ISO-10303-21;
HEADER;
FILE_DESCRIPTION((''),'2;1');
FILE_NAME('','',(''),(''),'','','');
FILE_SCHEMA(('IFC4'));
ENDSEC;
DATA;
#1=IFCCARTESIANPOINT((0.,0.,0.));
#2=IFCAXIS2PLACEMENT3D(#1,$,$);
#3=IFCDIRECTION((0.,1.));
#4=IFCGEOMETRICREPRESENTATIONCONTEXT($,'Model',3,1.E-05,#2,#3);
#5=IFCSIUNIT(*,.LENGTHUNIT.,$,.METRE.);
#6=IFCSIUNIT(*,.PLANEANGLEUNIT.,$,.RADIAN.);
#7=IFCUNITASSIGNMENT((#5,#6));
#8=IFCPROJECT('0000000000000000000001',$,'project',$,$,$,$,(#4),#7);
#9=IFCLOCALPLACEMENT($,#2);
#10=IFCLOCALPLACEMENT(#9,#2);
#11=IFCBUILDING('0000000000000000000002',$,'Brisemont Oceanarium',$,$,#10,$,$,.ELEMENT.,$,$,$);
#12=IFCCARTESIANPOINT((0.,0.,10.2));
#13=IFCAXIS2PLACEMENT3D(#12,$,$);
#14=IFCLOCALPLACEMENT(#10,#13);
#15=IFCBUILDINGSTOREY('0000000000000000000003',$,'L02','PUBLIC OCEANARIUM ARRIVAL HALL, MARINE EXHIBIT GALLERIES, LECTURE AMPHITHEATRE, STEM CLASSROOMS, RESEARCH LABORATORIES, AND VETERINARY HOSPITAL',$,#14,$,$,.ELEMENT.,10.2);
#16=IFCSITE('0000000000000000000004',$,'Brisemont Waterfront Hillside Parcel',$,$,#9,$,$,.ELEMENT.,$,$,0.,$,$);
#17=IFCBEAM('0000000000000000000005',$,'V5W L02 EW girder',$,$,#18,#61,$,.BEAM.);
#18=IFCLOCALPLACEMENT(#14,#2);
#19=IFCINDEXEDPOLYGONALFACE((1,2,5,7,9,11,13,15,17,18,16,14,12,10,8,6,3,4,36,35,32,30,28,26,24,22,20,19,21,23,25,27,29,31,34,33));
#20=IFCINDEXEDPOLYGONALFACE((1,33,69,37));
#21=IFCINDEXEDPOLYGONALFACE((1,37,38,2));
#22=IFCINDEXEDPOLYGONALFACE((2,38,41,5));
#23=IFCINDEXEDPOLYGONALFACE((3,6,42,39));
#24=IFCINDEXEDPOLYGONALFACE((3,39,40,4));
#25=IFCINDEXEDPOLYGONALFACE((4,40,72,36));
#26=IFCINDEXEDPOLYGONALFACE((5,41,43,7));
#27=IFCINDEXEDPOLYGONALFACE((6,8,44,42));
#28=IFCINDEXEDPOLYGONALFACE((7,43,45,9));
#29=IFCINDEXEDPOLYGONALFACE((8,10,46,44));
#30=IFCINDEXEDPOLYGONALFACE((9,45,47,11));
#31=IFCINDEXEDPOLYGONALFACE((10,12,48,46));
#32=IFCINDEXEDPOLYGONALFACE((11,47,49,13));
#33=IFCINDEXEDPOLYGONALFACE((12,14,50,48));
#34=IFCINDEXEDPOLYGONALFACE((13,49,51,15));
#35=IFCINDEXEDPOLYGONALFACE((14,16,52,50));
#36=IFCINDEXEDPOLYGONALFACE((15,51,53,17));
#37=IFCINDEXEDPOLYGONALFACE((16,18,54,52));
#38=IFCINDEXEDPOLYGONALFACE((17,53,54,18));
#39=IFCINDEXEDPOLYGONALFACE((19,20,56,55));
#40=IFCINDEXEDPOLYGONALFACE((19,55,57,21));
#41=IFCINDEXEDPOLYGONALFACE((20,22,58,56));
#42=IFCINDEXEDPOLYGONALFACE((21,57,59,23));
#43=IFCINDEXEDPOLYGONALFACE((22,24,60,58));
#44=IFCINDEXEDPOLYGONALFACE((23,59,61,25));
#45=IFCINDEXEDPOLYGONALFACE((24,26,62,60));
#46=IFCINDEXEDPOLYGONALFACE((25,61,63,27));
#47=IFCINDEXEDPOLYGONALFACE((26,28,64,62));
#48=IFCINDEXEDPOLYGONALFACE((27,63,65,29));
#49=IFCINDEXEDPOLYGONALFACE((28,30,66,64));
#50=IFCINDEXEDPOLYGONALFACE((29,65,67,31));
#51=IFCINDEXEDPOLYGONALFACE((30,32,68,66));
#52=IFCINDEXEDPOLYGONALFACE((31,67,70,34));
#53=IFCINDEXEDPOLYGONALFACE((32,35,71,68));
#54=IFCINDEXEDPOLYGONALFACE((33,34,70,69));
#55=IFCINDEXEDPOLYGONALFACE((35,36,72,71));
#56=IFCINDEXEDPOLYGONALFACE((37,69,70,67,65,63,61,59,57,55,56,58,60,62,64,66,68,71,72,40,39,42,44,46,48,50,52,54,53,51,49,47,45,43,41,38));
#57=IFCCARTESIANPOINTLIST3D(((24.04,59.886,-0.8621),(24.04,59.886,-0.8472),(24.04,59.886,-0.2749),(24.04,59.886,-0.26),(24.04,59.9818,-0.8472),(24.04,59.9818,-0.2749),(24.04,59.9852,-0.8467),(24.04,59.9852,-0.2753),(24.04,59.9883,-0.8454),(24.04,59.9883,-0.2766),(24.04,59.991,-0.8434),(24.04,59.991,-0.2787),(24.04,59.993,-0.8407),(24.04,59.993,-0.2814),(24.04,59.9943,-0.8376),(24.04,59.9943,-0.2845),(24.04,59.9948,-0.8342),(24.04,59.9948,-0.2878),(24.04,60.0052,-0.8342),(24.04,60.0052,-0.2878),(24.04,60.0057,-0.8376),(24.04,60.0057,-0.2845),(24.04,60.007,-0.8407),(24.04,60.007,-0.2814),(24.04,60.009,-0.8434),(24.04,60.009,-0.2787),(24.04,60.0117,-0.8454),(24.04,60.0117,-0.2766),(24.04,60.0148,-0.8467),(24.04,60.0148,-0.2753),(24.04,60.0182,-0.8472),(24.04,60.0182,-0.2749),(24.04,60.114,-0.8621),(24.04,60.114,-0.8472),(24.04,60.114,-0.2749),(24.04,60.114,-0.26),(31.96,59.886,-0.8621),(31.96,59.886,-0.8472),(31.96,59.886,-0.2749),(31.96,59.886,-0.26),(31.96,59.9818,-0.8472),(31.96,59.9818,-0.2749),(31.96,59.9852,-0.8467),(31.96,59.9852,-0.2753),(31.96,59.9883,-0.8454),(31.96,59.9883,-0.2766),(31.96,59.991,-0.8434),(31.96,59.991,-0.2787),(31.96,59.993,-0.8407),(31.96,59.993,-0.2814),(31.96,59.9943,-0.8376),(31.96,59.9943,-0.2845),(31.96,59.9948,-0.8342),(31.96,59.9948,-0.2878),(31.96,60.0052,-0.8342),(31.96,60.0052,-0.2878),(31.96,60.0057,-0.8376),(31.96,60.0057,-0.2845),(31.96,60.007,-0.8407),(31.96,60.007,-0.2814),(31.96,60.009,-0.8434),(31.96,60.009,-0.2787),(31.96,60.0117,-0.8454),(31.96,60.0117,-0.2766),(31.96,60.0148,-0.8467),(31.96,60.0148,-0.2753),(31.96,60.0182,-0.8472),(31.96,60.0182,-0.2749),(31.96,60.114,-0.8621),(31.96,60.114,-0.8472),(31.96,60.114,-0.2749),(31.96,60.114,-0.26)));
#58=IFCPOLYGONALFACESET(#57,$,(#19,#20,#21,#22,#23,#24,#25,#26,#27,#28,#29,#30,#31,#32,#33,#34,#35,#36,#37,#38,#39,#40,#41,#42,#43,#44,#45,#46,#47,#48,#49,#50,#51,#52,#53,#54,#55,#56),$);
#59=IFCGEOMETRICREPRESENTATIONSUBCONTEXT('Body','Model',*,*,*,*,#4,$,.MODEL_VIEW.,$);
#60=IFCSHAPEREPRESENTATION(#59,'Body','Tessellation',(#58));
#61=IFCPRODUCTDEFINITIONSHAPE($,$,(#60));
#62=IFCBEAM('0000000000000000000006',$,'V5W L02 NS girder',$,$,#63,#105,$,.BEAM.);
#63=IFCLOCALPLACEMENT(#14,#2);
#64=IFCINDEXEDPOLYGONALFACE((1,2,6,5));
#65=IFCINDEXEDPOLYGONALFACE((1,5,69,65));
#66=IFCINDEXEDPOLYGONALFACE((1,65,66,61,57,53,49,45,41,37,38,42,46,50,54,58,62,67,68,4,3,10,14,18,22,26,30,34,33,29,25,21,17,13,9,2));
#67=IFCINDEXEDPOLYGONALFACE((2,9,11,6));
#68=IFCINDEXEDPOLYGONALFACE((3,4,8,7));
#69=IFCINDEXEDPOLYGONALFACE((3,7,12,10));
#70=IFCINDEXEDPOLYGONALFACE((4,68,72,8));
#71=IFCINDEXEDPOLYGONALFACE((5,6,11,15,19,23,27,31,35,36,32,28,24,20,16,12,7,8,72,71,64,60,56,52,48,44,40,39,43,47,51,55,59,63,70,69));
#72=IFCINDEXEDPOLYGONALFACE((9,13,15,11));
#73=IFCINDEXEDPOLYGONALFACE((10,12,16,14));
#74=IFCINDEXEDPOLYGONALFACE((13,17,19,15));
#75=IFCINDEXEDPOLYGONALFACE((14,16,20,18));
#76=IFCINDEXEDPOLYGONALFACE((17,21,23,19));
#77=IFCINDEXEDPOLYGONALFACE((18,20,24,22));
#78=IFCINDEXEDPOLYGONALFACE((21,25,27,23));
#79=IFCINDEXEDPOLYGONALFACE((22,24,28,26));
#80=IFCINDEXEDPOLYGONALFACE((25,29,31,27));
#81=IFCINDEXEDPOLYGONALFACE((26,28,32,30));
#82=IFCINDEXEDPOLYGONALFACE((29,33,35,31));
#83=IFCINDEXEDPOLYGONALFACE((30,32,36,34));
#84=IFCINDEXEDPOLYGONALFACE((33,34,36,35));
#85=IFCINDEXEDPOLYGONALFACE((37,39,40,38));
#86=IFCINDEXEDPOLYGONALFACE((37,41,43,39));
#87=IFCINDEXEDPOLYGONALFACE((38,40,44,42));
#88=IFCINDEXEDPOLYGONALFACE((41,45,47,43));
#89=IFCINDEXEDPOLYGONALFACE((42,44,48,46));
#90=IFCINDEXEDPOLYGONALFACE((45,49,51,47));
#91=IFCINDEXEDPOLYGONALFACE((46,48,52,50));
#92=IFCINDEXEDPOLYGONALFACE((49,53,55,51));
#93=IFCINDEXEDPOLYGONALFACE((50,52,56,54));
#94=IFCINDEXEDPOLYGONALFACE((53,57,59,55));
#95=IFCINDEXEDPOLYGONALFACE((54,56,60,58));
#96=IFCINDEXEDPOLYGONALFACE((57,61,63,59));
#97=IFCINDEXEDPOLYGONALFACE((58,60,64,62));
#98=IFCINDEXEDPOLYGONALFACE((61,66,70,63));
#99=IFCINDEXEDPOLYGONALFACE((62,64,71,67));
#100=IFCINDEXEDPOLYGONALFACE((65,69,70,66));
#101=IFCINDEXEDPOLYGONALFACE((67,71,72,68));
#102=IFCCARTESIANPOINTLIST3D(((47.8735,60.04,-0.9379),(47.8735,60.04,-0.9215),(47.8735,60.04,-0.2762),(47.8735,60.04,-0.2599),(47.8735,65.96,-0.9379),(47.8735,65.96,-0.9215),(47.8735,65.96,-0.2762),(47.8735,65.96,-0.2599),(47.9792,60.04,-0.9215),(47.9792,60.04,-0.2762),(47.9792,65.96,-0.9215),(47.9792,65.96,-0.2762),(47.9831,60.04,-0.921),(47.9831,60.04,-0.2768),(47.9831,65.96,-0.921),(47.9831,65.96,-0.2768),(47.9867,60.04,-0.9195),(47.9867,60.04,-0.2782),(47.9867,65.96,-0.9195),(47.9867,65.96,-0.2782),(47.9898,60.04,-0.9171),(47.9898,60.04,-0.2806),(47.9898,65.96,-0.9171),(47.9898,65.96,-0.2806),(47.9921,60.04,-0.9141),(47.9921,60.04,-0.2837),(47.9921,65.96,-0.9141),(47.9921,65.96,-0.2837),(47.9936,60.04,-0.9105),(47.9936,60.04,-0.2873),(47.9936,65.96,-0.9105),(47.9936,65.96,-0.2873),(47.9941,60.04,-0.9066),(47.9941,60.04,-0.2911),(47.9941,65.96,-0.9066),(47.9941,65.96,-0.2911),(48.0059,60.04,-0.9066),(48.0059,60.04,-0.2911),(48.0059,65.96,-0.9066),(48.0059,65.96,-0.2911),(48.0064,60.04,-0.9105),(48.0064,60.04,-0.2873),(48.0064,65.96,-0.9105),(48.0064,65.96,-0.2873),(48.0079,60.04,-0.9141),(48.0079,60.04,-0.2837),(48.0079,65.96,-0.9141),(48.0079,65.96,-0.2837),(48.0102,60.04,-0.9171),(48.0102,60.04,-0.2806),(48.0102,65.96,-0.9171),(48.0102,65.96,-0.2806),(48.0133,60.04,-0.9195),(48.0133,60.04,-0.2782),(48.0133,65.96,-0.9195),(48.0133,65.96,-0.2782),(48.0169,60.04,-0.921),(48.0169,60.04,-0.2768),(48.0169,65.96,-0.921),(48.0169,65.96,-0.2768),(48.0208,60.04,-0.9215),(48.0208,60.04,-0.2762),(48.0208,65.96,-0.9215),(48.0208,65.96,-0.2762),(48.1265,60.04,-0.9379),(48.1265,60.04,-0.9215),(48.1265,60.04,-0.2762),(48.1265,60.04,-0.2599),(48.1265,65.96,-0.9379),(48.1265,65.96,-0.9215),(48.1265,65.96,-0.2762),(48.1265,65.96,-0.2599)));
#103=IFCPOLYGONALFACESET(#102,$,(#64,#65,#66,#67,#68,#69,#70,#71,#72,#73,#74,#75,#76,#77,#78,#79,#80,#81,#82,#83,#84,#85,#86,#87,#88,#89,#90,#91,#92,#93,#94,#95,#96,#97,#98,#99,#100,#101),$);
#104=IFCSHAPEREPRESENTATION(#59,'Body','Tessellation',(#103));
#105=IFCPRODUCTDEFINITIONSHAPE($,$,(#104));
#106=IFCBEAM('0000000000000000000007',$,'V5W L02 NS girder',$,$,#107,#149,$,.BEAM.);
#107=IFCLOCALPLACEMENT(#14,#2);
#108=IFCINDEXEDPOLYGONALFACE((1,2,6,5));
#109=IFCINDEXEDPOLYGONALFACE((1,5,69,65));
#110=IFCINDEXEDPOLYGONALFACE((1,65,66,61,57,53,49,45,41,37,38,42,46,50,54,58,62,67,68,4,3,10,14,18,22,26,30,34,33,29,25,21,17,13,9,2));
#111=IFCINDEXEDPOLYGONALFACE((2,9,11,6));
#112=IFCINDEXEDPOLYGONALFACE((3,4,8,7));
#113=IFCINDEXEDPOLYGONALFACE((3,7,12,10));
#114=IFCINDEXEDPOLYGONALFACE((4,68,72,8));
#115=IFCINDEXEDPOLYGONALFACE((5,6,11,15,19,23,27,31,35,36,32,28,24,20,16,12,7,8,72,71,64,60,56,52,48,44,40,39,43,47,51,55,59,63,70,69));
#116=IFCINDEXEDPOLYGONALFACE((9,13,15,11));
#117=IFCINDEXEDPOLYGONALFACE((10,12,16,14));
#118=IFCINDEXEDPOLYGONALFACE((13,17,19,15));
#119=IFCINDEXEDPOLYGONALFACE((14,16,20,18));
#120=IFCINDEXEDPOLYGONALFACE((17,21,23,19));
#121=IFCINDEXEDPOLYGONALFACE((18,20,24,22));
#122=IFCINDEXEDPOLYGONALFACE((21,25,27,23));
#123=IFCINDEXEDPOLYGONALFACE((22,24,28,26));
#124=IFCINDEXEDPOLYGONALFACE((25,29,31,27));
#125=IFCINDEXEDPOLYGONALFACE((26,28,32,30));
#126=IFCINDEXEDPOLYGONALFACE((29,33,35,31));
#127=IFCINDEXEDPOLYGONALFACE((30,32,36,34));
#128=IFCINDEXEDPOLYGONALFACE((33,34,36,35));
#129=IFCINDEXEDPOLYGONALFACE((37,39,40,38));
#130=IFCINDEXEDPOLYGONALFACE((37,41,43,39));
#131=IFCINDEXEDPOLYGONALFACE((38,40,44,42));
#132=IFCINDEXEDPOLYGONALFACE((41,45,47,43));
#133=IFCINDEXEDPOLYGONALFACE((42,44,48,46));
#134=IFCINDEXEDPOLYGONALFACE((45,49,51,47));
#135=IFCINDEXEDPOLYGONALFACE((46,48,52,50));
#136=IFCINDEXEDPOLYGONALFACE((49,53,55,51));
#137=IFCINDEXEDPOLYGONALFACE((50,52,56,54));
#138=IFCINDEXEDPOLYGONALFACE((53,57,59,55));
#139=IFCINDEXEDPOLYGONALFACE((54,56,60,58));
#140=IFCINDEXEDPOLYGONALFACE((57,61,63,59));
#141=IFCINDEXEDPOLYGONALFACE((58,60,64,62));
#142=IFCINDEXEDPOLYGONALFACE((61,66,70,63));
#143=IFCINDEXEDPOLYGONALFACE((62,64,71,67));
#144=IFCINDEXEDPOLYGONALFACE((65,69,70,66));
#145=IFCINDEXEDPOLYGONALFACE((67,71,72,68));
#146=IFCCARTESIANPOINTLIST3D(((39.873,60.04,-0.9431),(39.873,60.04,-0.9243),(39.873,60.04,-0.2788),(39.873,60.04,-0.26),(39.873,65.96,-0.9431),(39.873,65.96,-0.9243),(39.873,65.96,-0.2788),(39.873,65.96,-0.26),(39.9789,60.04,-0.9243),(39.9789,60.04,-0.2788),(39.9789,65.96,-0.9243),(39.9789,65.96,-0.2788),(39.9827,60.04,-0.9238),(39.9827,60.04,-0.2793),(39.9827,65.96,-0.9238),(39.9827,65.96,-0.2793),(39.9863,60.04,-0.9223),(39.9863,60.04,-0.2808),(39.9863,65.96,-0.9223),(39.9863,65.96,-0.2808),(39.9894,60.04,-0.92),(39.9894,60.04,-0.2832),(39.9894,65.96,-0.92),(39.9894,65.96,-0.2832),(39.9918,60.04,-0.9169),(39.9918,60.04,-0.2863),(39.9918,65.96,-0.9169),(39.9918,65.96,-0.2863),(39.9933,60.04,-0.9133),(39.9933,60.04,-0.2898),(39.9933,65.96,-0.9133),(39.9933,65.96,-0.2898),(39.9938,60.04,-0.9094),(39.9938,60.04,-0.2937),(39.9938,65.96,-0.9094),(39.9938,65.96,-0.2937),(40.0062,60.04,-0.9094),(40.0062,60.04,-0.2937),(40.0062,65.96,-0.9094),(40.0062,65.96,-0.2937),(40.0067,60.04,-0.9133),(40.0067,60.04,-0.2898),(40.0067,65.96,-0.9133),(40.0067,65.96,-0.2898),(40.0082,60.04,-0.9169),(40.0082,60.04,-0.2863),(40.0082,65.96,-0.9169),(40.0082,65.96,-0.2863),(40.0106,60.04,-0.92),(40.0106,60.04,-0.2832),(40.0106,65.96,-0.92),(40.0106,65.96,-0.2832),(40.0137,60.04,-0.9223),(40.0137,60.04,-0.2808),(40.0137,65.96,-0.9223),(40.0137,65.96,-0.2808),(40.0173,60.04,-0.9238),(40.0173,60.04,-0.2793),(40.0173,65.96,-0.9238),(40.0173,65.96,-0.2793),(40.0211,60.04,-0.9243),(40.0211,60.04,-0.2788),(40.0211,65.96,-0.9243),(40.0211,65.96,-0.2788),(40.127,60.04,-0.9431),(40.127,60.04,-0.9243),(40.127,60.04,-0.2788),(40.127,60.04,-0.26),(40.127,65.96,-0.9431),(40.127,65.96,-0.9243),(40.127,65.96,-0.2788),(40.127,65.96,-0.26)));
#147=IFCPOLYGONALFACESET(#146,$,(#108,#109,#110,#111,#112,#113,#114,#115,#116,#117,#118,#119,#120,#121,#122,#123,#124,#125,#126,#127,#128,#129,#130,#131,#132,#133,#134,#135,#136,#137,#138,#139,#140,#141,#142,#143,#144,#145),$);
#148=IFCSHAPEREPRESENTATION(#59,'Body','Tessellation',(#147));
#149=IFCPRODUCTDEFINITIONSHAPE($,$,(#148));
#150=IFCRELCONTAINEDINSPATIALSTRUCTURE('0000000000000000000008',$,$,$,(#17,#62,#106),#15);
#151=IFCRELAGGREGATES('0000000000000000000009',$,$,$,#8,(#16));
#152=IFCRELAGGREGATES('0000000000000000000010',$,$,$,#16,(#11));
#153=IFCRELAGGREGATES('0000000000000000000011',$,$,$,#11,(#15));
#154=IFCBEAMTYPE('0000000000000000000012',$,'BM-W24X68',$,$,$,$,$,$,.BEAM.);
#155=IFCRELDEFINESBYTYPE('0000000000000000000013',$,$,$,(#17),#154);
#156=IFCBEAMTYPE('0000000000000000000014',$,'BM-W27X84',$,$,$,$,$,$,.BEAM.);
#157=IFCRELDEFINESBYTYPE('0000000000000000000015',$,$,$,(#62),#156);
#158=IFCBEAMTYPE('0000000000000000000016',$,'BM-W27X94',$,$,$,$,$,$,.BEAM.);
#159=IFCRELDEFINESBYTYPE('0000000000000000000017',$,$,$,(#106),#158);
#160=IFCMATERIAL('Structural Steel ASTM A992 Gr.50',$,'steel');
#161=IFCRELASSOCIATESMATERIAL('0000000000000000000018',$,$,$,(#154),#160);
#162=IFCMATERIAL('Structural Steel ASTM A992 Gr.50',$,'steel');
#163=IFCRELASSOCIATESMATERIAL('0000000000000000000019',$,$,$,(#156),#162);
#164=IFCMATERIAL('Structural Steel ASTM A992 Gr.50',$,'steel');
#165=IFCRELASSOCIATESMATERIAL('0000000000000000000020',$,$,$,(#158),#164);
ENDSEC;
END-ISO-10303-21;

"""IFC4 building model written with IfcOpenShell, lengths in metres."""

from ifc_helpers import new_model, si_unit, direction, frame, origin, origin_2d, place, context, subcontext, project, spatial, i_section, extrude, material, material_profile, profile_set, type_object, element, save


model = new_model("IFC4")

# Units and contexts
model_context = context("Model", 3, precision=1e-05, world=origin(), true_north=direction((0.0, 1.0)))
body_context = subcontext(model_context, "Body", "Model", "MODEL_VIEW")
ifc_project = project(units=[si_unit("LENGTHUNIT", "METRE"), si_unit("PLANEANGLEUNIT", "RADIAN")], contexts=[model_context])

# Site, building, storey
site_placement = place(None, origin())
site = spatial("IfcSite", under=ifc_project, at=site_placement, Name="Brisemont Waterfront Hillside Parcel", CompositionType="ELEMENT", RefElevation=0.0)
building_placement = place(site_placement, origin())
building = spatial("IfcBuilding", under=site, at=building_placement, Name="Brisemont Oceanarium", CompositionType="ELEMENT")
storey_placement = place(building_placement, frame((0.0, 0.0, 10.2)))
storey = spatial("IfcBuildingStorey", under=building, at=storey_placement, Name="L02", Description="PUBLIC OCEANARIUM ARRIVAL HALL, MARINE EXHIBIT GALLERIES, LECTURE AMPHITHEATRE, STEM CLASSROOMS, RESEARCH LABORATORIES, AND VETERINARY HOSPITAL", CompositionType="ELEMENT", Elevation=10.2)

# Beams
ifc_material_1 = material(Name="Structural Steel ASTM A992 Gr.50", Category="steel")
ifc_material_profile_1 = material_profile(ifc_material_1, i_section(OverallWidth=0.228, OverallDepth=0.6021, WebThickness=0.0105, FlangeThickness=0.0149, FilletRadius=0.0129, at=origin_2d()), Name="W24X68")
ifc_profile_set_1 = profile_set([ifc_material_profile_1], Name="Structural Steel ASTM A992 Gr.50")
beam_type_1 = type_object("IfcBeamType", Name="BM-W24X68", PredefinedType="BEAM", material=ifc_profile_set_1)
beam_1_placement = place(storey_placement, frame((24.04, 60.0, -0.561), z_axis=(1.0, 0.0, 0.0), x_axis=(0.0, 1.0, 0.0)))
element("IfcBeam", 1, at=beam_1_placement, inside=storey, type_object=beam_type_1, Name="V5W L02 EW girder", PredefinedType="BEAM", context=body_context, shape_type="SweptSolid", body=[
    extrude(i_section(OverallWidth=0.228, OverallDepth=0.6021, WebThickness=0.0105, FlangeThickness=0.0149, FilletRadius=0.0129, at=origin_2d()), origin(), (0.0, 0.0, 1.0), 7.9199),
])
ifc_material_2 = material(Name="Structural Steel ASTM A992 Gr.50", Category="steel")
ifc_material_profile_2 = material_profile(ifc_material_2, i_section(OverallWidth=0.2529, OverallDepth=0.678, WebThickness=0.0117, FlangeThickness=0.0164, FilletRadius=0.0149, at=origin_2d()), Name="W27X84")
ifc_profile_set_2 = profile_set([ifc_material_profile_2], Name="Structural Steel ASTM A992 Gr.50")
beam_type_2 = type_object("IfcBeamType", Name="BM-W27X84", PredefinedType="BEAM", material=ifc_profile_set_2)
beam_2_placement = place(storey_placement, frame((48.0, 60.04, -0.5989), z_axis=(0.0, 1.0, 0.0), x_axis=(-1.0, 0.0, 0.0)))
element("IfcBeam", 2, at=beam_2_placement, inside=storey, type_object=beam_type_2, Name="V5W L02 NS girder", PredefinedType="BEAM", context=body_context, shape_type="SweptSolid", body=[
    extrude(i_section(OverallWidth=0.2529, OverallDepth=0.678, WebThickness=0.0117, FlangeThickness=0.0164, FilletRadius=0.0149, at=origin_2d()), origin(), (0.0, 0.0, 1.0), 5.9199),
])
ifc_material_3 = material(Name="Structural Steel ASTM A992 Gr.50", Category="steel")
ifc_material_profile_3 = material_profile(ifc_material_3, i_section(OverallWidth=0.2539, OverallDepth=0.6831, WebThickness=0.0125, FlangeThickness=0.0188, FilletRadius=0.0149, at=origin_2d()), Name="W27X94")
ifc_profile_set_3 = profile_set([ifc_material_profile_3], Name="Structural Steel ASTM A992 Gr.50")
beam_type_3 = type_object("IfcBeamType", Name="BM-W27X94", PredefinedType="BEAM", material=ifc_profile_set_3)
beam_3_placement = place(storey_placement, frame((40.0, 60.04, -0.6016), z_axis=(0.0, 1.0, 0.0), x_axis=(-1.0, 0.0, 0.0)))
element("IfcBeam", 3, at=beam_3_placement, inside=storey, type_object=beam_type_3, Name="V5W L02 NS girder", PredefinedType="BEAM", context=body_context, shape_type="SweptSolid", body=[
    extrude(i_section(OverallWidth=0.2539, OverallDepth=0.6831, WebThickness=0.0125, FlangeThickness=0.0188, FilletRadius=0.0149, at=origin_2d()), origin(), (0.0, 0.0, 1.0), 5.9199),
])

save(model, "model.ifc")
